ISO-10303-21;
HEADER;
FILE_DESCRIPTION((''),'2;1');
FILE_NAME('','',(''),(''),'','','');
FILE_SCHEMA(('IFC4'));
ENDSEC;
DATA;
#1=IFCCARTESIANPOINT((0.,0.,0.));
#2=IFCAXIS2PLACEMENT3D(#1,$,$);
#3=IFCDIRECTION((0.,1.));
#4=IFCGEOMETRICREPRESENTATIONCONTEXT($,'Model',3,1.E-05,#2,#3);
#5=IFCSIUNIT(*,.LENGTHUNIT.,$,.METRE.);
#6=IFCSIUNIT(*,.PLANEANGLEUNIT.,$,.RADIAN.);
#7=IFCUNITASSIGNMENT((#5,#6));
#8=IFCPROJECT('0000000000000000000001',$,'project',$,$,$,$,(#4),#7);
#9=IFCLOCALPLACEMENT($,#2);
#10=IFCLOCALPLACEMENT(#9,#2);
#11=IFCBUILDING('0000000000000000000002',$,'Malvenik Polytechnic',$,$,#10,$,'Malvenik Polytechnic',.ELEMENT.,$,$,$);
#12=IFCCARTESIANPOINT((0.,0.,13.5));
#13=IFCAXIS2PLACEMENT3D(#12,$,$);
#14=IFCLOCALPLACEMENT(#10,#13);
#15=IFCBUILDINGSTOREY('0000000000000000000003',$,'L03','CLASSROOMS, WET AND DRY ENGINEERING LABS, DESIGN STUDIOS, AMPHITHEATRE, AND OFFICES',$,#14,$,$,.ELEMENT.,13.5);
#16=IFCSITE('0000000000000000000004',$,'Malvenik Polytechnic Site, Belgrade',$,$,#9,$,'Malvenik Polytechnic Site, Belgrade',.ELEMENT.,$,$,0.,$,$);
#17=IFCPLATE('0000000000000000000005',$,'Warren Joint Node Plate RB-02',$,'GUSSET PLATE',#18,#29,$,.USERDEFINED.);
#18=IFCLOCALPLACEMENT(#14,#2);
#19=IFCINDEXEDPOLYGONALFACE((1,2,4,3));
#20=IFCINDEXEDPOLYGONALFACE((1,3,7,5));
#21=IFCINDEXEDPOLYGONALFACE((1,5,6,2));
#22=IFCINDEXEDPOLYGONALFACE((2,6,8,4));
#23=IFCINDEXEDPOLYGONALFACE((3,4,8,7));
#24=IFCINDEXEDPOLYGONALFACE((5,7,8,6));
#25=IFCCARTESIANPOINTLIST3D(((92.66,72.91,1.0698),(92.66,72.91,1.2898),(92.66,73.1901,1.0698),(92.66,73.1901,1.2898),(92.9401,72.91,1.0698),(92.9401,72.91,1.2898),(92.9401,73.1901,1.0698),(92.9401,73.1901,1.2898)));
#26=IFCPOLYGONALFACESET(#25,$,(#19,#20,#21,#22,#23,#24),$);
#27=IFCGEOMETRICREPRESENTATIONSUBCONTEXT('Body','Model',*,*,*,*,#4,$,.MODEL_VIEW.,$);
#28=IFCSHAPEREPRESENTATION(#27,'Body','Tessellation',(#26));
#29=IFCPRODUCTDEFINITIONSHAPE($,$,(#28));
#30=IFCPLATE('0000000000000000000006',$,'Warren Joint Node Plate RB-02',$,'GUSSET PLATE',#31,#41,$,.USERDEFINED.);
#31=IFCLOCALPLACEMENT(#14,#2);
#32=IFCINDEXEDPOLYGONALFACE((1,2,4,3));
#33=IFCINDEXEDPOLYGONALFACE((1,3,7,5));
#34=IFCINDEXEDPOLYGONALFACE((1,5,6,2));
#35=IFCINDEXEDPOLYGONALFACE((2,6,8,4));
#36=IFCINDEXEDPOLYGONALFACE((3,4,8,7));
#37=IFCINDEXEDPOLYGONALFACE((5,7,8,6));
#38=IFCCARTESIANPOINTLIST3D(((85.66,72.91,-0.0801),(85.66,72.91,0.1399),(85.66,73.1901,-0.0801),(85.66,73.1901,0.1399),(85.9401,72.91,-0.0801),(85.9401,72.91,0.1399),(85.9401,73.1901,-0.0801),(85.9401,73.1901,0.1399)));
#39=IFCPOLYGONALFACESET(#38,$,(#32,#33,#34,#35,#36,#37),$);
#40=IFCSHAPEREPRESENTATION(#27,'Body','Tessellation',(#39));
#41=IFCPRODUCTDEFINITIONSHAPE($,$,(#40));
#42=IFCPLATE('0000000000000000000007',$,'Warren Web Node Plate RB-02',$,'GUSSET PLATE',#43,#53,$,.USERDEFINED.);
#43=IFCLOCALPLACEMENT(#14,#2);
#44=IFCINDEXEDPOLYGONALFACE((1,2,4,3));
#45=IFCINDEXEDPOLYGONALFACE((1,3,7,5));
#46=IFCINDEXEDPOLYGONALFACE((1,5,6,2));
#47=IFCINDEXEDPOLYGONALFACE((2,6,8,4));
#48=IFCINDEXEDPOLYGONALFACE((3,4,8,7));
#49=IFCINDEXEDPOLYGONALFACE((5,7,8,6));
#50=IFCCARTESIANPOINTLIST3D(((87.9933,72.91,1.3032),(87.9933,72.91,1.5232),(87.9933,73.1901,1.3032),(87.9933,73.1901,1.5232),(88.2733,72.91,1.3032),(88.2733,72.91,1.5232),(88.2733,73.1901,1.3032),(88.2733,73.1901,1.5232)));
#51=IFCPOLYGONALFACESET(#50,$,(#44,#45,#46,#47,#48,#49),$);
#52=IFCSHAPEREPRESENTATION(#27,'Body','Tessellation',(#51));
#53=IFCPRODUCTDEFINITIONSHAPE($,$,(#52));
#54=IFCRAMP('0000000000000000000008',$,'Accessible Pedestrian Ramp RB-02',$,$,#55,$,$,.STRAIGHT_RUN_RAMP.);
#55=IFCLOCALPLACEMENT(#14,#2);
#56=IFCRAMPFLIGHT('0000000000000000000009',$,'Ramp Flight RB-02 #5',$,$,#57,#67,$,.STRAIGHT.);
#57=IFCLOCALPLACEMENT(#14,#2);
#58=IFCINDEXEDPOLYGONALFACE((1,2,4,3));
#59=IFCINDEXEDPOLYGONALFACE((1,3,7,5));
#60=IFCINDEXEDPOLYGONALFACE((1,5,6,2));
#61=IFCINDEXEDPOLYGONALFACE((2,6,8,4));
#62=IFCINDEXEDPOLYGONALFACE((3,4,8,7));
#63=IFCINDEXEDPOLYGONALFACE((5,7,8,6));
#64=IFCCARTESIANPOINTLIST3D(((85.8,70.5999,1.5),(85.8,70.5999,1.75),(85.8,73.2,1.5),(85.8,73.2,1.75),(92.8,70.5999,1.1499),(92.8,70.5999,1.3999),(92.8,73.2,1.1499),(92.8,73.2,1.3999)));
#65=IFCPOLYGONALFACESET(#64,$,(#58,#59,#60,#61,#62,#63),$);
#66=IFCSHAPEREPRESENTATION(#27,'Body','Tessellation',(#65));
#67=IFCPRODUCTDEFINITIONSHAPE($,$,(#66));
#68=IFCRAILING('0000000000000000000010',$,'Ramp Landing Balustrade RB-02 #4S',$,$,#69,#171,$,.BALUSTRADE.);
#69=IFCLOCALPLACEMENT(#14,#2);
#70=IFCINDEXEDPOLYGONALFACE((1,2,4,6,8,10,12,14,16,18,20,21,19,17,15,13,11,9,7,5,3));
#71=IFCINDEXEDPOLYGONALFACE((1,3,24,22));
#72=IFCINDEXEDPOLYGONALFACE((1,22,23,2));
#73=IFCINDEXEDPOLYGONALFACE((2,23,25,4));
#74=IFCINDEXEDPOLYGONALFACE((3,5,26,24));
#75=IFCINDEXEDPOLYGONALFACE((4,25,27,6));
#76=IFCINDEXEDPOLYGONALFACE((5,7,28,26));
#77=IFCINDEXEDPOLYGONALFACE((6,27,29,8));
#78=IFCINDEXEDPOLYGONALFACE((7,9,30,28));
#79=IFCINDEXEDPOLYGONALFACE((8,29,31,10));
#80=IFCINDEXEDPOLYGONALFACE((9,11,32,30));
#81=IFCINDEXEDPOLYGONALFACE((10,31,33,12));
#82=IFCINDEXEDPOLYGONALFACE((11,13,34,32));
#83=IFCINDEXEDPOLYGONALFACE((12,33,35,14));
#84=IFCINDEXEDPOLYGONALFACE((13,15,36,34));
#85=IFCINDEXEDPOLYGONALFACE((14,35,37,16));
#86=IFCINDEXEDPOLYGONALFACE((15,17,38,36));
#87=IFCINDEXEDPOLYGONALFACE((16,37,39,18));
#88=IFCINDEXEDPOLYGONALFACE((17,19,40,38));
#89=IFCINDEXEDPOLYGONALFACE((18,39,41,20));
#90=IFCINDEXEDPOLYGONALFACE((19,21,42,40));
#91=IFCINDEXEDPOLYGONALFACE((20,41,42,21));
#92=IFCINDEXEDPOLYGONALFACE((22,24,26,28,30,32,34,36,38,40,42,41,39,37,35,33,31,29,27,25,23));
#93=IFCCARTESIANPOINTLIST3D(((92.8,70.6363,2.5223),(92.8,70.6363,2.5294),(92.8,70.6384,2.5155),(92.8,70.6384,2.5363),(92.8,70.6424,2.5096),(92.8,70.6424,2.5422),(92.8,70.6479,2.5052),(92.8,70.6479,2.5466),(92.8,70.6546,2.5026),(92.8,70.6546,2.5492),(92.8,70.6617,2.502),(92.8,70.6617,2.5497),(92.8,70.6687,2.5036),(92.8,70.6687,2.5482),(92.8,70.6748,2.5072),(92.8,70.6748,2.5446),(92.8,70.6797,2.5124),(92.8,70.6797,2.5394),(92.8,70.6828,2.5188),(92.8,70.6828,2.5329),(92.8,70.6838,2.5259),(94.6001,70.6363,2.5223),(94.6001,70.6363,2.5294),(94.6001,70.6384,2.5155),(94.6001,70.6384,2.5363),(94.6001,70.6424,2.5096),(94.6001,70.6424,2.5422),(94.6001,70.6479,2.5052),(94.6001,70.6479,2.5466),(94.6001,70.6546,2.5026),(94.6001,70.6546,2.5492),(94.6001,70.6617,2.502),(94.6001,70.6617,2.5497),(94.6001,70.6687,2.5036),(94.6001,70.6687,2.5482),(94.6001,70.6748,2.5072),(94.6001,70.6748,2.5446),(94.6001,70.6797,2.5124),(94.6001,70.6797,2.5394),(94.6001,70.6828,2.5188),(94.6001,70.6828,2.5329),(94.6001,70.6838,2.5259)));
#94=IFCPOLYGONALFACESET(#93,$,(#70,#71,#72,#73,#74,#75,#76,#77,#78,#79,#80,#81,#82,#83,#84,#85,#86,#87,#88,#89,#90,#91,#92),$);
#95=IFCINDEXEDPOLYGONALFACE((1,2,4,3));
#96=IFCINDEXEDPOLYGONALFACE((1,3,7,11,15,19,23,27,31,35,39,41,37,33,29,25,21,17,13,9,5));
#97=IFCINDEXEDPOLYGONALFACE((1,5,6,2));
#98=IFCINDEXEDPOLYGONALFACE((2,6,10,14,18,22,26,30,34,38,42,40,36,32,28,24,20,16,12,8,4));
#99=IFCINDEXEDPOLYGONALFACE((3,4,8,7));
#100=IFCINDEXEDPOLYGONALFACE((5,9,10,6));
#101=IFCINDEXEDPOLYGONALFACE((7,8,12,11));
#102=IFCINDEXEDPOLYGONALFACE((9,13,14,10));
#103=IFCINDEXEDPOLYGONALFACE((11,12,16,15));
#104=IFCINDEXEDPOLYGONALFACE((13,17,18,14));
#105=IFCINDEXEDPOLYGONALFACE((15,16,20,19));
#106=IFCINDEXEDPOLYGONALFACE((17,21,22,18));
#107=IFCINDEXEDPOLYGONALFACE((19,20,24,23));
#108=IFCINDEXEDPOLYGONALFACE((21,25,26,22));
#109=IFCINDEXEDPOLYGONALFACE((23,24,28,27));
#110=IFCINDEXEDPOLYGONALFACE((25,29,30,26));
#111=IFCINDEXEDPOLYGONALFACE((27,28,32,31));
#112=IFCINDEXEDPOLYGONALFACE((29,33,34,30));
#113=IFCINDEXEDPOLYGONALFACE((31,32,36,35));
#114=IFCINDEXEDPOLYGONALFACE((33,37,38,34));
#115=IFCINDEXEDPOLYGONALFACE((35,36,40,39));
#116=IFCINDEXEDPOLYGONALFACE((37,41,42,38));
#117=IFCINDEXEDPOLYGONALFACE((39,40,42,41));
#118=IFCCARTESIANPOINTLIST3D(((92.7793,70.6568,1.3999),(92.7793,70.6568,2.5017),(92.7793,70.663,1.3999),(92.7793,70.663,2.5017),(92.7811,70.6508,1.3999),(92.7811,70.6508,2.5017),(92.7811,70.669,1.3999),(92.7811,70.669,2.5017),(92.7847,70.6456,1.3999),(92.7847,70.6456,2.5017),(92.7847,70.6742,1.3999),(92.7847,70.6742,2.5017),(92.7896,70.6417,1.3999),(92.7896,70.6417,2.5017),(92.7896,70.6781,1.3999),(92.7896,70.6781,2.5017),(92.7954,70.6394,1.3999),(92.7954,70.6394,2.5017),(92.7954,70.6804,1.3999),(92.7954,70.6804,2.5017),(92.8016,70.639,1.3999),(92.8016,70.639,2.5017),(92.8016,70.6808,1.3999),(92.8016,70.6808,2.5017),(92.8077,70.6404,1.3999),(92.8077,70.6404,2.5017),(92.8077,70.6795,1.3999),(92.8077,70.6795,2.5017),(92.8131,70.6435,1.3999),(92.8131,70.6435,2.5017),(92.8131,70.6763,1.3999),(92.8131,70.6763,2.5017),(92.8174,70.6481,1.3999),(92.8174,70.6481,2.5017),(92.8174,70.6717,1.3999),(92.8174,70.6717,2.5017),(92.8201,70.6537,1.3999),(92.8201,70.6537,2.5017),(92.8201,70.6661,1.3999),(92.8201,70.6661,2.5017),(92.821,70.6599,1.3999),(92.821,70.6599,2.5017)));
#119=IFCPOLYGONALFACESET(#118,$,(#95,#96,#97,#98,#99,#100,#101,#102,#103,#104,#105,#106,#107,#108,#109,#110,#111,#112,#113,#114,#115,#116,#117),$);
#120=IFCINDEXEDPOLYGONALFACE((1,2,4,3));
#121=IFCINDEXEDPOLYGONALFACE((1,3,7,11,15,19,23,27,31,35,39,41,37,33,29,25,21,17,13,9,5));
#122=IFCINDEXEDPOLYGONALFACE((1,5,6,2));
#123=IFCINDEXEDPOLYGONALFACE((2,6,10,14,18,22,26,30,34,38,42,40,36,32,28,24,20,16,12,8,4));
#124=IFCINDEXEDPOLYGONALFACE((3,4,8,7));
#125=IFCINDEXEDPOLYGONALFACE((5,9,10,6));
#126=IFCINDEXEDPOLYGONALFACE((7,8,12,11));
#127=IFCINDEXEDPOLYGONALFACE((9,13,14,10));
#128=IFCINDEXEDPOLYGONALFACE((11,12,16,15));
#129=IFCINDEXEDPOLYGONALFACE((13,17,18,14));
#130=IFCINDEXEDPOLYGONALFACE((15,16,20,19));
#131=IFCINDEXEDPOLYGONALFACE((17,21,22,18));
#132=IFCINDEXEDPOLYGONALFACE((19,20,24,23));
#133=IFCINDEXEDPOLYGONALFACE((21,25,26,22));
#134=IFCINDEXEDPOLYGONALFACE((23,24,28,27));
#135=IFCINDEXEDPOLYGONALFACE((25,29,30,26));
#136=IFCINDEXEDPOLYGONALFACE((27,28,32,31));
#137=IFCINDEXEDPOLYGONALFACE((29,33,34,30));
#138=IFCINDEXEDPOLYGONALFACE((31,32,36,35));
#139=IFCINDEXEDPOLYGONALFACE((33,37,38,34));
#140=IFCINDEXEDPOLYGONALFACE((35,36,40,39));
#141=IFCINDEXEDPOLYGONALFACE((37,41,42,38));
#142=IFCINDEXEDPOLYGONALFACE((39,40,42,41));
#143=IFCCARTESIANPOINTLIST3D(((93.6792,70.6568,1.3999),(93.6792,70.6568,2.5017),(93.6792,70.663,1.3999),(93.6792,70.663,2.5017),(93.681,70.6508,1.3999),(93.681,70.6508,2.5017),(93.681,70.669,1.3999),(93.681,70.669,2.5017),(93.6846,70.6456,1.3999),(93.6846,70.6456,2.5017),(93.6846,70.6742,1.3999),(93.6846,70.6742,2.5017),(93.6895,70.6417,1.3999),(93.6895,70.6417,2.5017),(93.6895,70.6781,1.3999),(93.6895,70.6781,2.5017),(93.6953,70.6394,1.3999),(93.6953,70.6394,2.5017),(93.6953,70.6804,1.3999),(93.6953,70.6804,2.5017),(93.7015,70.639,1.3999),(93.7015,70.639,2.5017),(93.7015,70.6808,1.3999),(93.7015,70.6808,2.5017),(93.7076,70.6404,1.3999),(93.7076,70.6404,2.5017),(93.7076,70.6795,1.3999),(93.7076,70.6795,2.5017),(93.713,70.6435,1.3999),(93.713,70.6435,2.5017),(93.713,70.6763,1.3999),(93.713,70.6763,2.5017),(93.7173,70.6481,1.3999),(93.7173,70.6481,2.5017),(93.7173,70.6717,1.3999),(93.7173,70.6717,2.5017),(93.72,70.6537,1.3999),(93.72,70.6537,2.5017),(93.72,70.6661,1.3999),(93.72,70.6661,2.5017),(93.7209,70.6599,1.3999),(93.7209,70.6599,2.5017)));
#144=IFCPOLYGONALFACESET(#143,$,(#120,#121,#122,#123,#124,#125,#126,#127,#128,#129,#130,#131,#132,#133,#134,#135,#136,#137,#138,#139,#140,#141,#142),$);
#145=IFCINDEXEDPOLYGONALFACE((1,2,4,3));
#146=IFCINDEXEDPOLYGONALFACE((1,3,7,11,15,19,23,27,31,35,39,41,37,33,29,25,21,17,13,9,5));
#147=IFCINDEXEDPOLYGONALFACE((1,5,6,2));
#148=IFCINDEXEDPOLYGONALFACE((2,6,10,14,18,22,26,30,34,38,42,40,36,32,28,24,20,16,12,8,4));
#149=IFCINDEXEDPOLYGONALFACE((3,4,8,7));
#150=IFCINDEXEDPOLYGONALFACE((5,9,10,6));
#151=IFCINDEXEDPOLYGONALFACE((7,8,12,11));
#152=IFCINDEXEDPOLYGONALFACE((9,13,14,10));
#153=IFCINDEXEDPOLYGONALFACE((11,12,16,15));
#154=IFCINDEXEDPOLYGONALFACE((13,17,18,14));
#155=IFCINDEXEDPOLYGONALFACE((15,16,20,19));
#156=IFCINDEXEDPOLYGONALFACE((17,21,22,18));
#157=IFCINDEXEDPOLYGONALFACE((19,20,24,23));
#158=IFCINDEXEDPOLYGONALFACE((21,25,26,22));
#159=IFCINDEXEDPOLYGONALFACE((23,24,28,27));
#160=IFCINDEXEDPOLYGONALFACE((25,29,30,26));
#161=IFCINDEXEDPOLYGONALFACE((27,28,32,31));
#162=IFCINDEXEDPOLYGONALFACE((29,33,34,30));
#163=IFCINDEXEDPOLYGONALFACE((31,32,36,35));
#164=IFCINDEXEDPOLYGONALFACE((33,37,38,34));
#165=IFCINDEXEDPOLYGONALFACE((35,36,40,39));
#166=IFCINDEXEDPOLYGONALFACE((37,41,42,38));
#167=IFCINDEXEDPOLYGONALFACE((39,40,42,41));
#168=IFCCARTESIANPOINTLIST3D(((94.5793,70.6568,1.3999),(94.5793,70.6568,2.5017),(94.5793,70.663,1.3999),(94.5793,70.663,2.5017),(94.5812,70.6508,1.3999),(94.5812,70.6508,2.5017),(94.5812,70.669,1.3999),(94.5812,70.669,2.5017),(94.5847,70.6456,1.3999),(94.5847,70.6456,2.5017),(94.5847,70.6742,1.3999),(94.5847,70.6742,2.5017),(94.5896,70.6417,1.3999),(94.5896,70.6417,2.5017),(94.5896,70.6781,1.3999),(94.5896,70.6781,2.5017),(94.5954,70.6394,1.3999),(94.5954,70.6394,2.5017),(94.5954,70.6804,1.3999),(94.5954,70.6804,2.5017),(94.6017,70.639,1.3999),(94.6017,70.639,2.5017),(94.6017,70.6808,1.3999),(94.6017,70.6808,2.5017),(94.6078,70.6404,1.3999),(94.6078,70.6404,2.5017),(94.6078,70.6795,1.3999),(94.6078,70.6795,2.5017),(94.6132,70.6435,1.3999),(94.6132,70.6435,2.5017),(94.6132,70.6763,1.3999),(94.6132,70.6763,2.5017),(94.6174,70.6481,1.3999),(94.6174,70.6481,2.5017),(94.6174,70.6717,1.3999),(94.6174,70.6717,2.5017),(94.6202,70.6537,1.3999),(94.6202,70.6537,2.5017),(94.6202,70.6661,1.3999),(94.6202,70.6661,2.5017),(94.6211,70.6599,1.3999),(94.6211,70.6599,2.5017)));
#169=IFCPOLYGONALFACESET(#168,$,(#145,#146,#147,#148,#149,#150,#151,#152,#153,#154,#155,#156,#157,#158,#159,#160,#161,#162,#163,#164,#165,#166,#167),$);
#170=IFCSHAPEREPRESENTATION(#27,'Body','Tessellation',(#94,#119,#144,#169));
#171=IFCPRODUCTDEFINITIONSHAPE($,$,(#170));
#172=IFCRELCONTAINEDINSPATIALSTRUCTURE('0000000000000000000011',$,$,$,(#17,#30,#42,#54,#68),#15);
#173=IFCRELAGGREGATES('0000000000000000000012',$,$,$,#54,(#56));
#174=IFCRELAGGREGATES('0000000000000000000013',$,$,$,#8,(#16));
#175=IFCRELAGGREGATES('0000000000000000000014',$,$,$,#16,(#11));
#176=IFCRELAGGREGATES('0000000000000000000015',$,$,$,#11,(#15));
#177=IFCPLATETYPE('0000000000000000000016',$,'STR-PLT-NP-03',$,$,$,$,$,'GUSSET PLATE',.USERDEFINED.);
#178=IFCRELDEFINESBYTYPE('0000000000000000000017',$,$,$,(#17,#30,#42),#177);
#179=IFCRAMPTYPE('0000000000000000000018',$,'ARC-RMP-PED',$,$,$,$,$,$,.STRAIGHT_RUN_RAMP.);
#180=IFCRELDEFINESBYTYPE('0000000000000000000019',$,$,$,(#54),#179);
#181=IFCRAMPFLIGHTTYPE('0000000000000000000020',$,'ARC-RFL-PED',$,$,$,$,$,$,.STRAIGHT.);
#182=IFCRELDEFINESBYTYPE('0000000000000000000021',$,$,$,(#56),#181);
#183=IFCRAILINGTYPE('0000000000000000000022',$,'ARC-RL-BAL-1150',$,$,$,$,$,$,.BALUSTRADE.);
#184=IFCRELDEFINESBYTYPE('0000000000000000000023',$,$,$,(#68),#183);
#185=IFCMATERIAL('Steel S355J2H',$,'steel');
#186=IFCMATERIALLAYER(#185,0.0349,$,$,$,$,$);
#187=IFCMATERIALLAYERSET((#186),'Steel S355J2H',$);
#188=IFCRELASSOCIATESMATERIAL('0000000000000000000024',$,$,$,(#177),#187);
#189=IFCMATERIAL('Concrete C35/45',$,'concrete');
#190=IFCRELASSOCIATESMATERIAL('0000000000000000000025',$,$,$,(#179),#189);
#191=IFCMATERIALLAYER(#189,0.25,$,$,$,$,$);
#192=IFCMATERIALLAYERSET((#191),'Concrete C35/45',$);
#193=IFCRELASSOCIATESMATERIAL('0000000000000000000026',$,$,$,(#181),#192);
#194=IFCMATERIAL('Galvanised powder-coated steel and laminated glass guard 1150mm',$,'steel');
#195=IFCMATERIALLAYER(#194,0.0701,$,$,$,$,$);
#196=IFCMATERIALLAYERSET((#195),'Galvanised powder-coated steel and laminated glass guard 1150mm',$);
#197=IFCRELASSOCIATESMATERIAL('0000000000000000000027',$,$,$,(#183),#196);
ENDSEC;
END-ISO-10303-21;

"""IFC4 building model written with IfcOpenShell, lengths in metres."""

from ifc_helpers import new_model, si_unit, direction, frame, origin, origin_2d, place, context, subcontext, project, spatial, polyline, rectangle, circle, outline, extrude, material, layer, layer_set, type_object, element, aggregate, save


model = new_model("IFC4")

# Units and contexts
model_context = context("Model", 3, precision=1e-05, world=origin(), true_north=direction((0.0, 1.0)))
body_context = subcontext(model_context, "Body", "Model", "MODEL_VIEW")
ifc_project = project(units=[si_unit("LENGTHUNIT", "METRE"), si_unit("PLANEANGLEUNIT", "RADIAN")], contexts=[model_context])

# Site, building, storey
site_placement = place(None, origin())
site = spatial("IfcSite", under=ifc_project, at=site_placement, Name="Malvenik Polytechnic Site, Belgrade", LongName="Malvenik Polytechnic Site, Belgrade", CompositionType="ELEMENT", RefElevation=0.0)
building_placement = place(site_placement, origin())
building = spatial("IfcBuilding", under=site, at=building_placement, Name="Malvenik Polytechnic", LongName="Malvenik Polytechnic", CompositionType="ELEMENT")
storey_placement = place(building_placement, frame((0.0, 0.0, 13.5)))
storey = spatial("IfcBuildingStorey", under=building, at=storey_placement, Name="L03", Description="CLASSROOMS, WET AND DRY ENGINEERING LABS, DESIGN STUDIOS, AMPHITHEATRE, AND OFFICES", CompositionType="ELEMENT", Elevation=13.5)

# Shared definitions
ifc_material_1 = material(Name="Steel S355J2H", Category="steel")

# Plates
ifc_layer_1 = layer(ifc_material_1, 0.0349)
ifc_layer_set_1 = layer_set([ifc_layer_1], Name="Steel S355J2H")
plate_type_1 = type_object("IfcPlateType", Name="STR-PLT-NP-03", ElementType="GUSSET PLATE", PredefinedType="USERDEFINED", material=ifc_layer_set_1)
for number, where, z_axis, x_axis, name in (
    (1, (92.8, 73.05, 1.0698), (0.0, 0.0, 1.0), (1.0, 0.0, 0.0), "Warren Joint Node Plate RB-02"),
    (2, (85.8, 73.05, -0.0801), (0.0, 0.0, 1.0), (1.0, 0.0, 0.0), "Warren Joint Node Plate RB-02"),
    (3, (88.1333, 73.05, 1.3032), (0.0, 0.0, 1.0), (1.0, 0.0, 0.0), "Warren Web Node Plate RB-02"),
):
    element("IfcPlate", number, at=place(storey_placement, frame(where, z_axis=z_axis, x_axis=x_axis)), inside=storey, type_object=plate_type_1, Name=name, ObjectType="GUSSET PLATE", PredefinedType="USERDEFINED", context=body_context, shape_type="SweptSolid", body=[
        extrude(rectangle(XDim=0.28, YDim=0.28, at=origin_2d()), origin(), (0.0, 0.0, 1.0), 0.22),
    ])

# Ramp, ramp flight
ifc_material_2 = material(Name="Concrete C35/45", Category="concrete")
ramp_type = type_object("IfcRampType", Name="ARC-RMP-PED", PredefinedType="STRAIGHT_RUN_RAMP", material=ifc_material_2)
ramp_placement = place(storey_placement, origin())
ramp = element("IfcRamp", 4, at=ramp_placement, inside=storey, type_object=ramp_type, Name="Accessible Pedestrian Ramp RB-02", PredefinedType="STRAIGHT_RUN_RAMP")
ifc_layer_2 = layer(ifc_material_2, 0.25)
ifc_layer_set_2 = layer_set([ifc_layer_2], Name="Concrete C35/45")
ramp_flight_type = type_object("IfcRampFlightType", Name="ARC-RFL-PED", PredefinedType="STRAIGHT", material=ifc_layer_set_2)
ramp_flight_placement = place(storey_placement, frame((92.8, 71.8999, 1.3999), z_axis=(0.0, 0.0, 1.0), x_axis=(-1.0, 0.0, 0.0)))
ramp_flight = element("IfcRampFlight", 5, at=ramp_flight_placement, type_object=ramp_flight_type, Name="Ramp Flight RB-02 #5", PredefinedType="STRAIGHT", context=body_context, shape_type="SweptSolid", body=[
    extrude(outline(polyline([(0.0, -0.25), (7.0, 0.1001), (7.0, 0.3501), (0.0, 0.0), (0.0, -0.25)])), frame((0.0, 1.3, 0.0), z_axis=(0.0, -1.0, 0.0), x_axis=(1.0, 0.0, 0.0)), (0.0, 0.0, 1.0), 2.6001),
])
aggregate(ramp, [ramp_flight])

# Railing
ifc_material_3 = material(Name="Galvanised powder-coated steel and laminated glass guard 1150mm", Category="steel")
ifc_layer_3 = layer(ifc_material_3, 0.0701)
ifc_layer_set_3 = layer_set([ifc_layer_3], Name="Galvanised powder-coated steel and laminated glass guard 1150mm")
railing_type_1 = type_object("IfcRailingType", Name="ARC-RL-BAL-1150", PredefinedType="BALUSTRADE", material=ifc_layer_set_3)
for number, where, name in (
    (6, (92.8, 70.6599, 1.3999), "Ramp Landing Balustrade RB-02 #4S"),
):
    element("IfcRailing", number, at=place(storey_placement, frame(where)), inside=storey, type_object=railing_type_1, Name=name, PredefinedType="BALUSTRADE", context=body_context, shape_type="SweptSolid", body=[
        extrude(circle(Radius=0.0239, at=origin_2d()), frame((0.0, 0.0, 1.126), z_axis=(1.0, 0.0, 0.0), x_axis=(0.0, 1.0, 0.0)), (0.0, 0.0, 1.0), 1.8),
        extrude(circle(Radius=0.021, at=origin_2d()), origin(), (0.0, 0.0, 1.0), 1.1018),
        extrude(circle(Radius=0.021, at=origin_2d()), frame((0.8999, 0.0, 0.0)), (0.0, 0.0, 1.0), 1.1018),
        extrude(circle(Radius=0.021, at=origin_2d()), frame((1.8, 0.0, 0.0)), (0.0, 0.0, 1.0), 1.1018),
    ])

save(model, "model.ifc")
